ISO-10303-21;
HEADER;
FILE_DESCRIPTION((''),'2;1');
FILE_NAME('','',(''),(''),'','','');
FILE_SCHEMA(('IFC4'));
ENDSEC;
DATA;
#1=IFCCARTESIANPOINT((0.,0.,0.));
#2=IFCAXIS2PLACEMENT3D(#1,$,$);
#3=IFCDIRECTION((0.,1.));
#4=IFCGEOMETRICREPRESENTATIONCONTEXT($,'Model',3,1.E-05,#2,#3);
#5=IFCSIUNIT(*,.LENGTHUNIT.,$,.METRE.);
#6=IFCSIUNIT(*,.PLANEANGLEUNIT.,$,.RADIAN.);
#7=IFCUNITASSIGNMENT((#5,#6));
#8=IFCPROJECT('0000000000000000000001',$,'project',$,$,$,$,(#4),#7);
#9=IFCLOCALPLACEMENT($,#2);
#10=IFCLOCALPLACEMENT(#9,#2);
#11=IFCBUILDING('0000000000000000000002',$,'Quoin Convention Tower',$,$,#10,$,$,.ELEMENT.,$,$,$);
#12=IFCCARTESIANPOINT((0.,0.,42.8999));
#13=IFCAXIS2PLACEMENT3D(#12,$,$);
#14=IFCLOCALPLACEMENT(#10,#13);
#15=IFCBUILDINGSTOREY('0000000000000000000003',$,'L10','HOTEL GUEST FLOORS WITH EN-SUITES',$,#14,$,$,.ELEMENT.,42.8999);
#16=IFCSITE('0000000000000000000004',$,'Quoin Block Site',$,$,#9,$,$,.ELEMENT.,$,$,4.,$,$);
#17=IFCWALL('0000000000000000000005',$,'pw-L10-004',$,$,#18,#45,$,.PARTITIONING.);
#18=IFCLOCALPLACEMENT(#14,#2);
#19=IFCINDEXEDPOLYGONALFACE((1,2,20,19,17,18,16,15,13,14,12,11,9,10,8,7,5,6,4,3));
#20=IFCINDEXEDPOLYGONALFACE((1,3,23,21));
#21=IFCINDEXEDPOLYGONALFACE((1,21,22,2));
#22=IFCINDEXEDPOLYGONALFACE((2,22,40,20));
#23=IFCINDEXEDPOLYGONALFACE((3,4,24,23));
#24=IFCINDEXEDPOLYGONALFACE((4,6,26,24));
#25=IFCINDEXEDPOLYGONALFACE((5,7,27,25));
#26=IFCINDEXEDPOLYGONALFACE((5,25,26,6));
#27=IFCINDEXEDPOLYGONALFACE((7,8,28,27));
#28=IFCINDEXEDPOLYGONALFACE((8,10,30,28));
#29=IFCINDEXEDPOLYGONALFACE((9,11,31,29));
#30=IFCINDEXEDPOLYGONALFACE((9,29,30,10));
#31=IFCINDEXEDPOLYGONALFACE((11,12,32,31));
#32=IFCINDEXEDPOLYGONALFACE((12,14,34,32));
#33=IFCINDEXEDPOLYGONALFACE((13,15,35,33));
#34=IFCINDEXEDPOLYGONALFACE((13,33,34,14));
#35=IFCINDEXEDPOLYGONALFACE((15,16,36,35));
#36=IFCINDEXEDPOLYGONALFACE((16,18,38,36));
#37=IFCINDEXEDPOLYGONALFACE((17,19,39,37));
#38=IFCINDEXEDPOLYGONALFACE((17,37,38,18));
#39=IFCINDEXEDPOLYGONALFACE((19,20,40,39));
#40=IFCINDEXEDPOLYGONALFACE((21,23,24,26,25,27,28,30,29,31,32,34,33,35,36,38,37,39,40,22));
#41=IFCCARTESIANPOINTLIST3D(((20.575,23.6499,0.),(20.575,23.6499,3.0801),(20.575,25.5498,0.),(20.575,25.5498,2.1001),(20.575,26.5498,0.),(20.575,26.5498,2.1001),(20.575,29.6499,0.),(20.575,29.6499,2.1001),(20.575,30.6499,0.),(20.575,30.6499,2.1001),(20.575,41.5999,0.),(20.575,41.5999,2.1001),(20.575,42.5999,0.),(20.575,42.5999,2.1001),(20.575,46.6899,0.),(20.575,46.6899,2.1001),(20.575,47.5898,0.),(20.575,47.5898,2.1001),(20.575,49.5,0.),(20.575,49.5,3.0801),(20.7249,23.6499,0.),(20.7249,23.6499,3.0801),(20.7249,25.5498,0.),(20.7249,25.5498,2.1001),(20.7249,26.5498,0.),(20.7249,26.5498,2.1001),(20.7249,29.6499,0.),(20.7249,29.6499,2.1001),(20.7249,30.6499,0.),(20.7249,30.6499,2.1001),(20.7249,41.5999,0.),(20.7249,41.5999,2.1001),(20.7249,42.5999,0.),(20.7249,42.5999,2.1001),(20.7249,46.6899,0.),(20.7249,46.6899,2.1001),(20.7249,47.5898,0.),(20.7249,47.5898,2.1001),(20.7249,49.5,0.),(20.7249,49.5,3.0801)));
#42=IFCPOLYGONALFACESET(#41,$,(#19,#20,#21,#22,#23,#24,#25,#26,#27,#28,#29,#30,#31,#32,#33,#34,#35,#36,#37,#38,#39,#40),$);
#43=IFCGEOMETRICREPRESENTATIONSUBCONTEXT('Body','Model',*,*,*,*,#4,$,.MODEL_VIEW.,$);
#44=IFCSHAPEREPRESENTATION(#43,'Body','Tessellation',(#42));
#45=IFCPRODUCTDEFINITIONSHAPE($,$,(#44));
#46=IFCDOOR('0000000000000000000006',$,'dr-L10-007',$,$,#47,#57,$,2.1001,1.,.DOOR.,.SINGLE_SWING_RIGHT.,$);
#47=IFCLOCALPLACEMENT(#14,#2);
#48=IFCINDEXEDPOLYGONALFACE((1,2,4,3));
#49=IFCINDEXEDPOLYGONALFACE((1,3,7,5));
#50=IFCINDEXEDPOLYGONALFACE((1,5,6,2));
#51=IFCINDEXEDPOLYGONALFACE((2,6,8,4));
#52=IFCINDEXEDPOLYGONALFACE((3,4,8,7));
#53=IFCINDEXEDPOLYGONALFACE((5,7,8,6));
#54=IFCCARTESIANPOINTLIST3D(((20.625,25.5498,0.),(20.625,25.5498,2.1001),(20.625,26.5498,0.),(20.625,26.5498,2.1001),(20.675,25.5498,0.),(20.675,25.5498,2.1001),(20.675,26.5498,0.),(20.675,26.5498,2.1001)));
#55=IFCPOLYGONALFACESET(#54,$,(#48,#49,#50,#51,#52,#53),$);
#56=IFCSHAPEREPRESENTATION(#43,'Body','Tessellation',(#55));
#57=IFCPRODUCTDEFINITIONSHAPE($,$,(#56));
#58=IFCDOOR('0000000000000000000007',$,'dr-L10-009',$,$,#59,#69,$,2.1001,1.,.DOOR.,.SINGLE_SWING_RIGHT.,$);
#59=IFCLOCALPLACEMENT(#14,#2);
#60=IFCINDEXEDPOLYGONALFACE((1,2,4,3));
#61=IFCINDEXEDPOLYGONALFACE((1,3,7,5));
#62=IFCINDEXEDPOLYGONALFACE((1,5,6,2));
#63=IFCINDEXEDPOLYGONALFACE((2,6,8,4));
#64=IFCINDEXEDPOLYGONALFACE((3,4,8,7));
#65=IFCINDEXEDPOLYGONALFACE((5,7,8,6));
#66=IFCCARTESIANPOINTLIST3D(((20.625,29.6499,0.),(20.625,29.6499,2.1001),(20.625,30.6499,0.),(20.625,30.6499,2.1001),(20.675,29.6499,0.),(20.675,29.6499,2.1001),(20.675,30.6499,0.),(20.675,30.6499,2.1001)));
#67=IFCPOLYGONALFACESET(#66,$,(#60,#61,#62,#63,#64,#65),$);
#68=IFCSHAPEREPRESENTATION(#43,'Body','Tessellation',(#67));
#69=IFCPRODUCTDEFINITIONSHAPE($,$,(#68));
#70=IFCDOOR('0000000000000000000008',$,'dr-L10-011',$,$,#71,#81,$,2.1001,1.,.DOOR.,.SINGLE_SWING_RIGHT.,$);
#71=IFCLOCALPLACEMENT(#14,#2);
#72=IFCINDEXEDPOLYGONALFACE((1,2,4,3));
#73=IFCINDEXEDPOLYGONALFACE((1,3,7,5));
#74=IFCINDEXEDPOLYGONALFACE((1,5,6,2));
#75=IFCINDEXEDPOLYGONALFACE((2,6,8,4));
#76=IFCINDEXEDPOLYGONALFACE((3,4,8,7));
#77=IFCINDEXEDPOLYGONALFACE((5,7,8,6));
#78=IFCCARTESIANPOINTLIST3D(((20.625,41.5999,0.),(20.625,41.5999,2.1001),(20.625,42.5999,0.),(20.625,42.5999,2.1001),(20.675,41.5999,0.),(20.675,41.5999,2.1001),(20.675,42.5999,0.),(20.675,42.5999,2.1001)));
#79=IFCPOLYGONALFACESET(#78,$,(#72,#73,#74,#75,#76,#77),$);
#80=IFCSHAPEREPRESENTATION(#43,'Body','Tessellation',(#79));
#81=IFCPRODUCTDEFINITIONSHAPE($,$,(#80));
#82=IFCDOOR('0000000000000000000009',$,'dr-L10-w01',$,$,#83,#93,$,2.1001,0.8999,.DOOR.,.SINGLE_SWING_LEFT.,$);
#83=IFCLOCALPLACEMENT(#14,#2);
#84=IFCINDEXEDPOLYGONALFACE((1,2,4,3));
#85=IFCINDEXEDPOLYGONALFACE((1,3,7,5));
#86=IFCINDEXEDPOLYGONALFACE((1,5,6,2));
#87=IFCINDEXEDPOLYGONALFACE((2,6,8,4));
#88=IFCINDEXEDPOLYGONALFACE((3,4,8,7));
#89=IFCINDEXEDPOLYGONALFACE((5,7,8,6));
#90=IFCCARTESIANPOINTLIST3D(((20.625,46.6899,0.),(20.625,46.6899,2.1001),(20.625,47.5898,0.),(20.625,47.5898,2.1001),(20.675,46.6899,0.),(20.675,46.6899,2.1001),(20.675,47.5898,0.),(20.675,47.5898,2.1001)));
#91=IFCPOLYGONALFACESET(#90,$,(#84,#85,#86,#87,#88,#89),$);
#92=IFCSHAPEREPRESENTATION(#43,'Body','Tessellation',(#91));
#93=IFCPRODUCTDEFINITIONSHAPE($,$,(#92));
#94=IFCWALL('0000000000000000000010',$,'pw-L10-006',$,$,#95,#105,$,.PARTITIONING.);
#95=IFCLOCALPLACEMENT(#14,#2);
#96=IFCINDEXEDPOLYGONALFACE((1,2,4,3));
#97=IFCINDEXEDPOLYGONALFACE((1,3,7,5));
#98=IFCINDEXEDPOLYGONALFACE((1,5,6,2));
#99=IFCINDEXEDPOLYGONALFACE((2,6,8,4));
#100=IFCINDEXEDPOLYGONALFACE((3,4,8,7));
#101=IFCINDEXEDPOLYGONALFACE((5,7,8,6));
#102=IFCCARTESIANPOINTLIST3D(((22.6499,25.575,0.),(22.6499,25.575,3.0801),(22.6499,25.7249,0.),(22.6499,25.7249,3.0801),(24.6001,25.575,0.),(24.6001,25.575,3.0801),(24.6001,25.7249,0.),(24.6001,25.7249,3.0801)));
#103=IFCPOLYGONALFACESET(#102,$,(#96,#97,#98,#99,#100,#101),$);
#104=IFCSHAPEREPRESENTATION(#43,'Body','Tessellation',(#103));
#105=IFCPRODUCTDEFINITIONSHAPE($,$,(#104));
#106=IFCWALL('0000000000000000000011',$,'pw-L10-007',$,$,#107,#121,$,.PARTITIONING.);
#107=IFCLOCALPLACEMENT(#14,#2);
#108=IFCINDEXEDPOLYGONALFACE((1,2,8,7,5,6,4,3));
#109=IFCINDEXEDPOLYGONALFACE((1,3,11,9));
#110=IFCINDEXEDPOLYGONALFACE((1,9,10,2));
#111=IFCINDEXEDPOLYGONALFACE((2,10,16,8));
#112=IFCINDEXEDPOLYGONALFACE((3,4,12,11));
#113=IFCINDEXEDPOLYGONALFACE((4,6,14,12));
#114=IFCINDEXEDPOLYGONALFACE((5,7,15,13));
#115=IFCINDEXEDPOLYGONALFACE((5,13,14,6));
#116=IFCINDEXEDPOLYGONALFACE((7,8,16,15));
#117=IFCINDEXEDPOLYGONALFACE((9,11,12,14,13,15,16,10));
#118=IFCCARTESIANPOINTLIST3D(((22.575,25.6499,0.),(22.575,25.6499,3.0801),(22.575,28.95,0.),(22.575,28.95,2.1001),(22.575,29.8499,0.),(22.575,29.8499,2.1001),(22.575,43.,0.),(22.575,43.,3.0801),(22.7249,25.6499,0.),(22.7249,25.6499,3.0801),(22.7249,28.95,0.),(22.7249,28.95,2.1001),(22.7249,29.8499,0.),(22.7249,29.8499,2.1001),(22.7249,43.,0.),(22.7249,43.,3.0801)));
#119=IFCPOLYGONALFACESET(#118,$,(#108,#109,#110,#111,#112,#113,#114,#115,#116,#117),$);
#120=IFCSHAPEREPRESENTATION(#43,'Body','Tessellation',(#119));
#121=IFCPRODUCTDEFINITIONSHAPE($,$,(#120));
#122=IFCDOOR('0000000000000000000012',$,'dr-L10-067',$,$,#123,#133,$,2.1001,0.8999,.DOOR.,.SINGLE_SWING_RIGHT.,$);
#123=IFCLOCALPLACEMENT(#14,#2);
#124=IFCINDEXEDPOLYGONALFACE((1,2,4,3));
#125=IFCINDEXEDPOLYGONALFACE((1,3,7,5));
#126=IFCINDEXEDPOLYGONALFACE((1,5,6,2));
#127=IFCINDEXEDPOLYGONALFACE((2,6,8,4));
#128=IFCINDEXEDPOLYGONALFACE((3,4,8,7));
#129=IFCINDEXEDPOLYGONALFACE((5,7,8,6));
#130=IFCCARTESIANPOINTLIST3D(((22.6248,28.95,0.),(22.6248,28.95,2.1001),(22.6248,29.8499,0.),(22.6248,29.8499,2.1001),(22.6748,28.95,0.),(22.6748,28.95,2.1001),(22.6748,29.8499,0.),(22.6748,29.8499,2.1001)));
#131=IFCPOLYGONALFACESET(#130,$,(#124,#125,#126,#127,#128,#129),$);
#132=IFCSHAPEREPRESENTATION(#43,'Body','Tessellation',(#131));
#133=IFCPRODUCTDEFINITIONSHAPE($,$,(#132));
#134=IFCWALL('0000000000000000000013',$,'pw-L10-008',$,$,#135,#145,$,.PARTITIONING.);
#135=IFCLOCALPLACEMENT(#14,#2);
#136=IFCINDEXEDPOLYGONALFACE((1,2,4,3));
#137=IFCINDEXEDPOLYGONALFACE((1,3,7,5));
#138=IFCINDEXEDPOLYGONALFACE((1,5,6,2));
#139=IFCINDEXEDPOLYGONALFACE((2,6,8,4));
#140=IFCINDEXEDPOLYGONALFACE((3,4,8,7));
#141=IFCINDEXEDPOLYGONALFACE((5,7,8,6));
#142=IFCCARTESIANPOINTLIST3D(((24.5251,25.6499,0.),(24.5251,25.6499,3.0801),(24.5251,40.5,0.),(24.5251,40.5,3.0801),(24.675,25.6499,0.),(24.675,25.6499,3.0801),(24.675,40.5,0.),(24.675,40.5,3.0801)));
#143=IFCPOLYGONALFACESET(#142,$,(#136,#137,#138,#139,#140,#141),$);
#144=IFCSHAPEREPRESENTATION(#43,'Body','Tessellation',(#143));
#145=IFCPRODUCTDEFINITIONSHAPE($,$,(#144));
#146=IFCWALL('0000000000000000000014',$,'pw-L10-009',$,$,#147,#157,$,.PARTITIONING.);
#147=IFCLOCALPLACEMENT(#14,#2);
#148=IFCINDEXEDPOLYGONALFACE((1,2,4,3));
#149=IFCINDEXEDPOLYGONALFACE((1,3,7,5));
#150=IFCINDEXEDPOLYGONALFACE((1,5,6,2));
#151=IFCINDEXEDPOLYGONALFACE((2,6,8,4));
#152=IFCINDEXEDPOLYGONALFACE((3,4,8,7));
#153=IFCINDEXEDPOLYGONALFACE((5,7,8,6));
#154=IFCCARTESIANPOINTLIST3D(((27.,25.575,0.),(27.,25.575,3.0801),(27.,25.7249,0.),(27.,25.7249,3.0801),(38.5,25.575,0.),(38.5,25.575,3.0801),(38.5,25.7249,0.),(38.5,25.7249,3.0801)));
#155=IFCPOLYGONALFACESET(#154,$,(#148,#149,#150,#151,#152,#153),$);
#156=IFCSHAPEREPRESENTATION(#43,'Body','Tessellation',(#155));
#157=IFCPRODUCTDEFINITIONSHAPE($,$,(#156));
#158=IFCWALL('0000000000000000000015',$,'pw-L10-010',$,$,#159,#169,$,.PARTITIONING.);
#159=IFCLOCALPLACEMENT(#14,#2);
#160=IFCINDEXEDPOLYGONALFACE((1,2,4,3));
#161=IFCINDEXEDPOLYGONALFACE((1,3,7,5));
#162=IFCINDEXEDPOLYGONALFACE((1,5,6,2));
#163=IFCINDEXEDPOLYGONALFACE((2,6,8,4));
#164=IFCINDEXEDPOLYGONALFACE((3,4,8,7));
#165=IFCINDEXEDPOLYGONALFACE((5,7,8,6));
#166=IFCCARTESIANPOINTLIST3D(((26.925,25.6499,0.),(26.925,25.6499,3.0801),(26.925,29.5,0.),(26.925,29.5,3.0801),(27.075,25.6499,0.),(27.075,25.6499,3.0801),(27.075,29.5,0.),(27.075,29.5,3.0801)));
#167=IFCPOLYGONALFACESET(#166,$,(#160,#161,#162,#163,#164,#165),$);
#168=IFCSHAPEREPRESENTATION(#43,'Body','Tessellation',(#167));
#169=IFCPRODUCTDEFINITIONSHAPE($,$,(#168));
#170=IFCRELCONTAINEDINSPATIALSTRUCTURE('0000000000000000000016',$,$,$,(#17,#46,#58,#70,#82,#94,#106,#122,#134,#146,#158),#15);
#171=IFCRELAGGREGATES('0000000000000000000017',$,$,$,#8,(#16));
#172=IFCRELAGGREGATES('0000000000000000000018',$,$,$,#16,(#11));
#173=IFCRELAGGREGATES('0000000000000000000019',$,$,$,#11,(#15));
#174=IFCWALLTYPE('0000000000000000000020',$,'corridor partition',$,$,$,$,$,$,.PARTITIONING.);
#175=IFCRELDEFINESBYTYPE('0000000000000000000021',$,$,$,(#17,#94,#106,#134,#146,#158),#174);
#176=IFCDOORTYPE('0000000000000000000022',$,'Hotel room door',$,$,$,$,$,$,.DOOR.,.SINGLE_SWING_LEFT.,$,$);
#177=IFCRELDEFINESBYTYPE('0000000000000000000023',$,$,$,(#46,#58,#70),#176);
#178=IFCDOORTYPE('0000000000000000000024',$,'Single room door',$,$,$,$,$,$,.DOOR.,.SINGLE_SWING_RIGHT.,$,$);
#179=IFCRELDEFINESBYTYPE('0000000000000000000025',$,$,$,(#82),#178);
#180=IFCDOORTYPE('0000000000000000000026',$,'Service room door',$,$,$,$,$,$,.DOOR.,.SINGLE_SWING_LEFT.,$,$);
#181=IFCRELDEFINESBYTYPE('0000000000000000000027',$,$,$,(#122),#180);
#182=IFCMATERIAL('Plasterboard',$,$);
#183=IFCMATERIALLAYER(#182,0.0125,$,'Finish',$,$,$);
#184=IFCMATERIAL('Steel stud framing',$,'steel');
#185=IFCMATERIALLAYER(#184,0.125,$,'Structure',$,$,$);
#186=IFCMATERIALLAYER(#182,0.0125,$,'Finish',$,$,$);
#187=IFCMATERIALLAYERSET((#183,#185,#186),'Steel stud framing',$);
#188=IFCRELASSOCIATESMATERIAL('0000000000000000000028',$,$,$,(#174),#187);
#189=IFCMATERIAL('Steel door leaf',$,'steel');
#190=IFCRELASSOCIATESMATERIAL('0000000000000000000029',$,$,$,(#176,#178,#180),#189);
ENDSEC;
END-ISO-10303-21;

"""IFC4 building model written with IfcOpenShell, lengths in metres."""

from ifc_helpers import new_model, si_unit, direction, frame, frame_2d, origin, place, context, subcontext, project, spatial, rectangle, extrude, material, layer, layer_set, type_object, element, fill, save


model = new_model("IFC4")

# Units and contexts
model_context = context("Model", 3, precision=1e-05, world=origin(), true_north=direction((0.0, 1.0)))
body_context = subcontext(model_context, "Body", "Model", "MODEL_VIEW")
ifc_project = project(units=[si_unit("LENGTHUNIT", "METRE"), si_unit("PLANEANGLEUNIT", "RADIAN")], contexts=[model_context])

# Site, building, storey
site_placement = place(None, origin())
site = spatial("IfcSite", under=ifc_project, at=site_placement, Name="Quoin Block Site", CompositionType="ELEMENT", RefElevation=4.0)
building_placement = place(site_placement, origin())
building = spatial("IfcBuilding", under=site, at=building_placement, Name="Quoin Convention Tower", CompositionType="ELEMENT")
storey_placement = place(building_placement, frame((0.0, 0.0, 42.8999)))
storey = spatial("IfcBuildingStorey", under=building, at=storey_placement, Name="L10", Description="HOTEL GUEST FLOORS WITH EN-SUITES", CompositionType="ELEMENT", Elevation=42.8999)

# Shared definitions
ifc_material_1 = material(Name="Steel door leaf", Category="steel")

# Wall, openings, doors
ifc_material_2 = material(Name="Plasterboard")
ifc_layer_1 = layer(ifc_material_2, 0.0125, Name="Finish")
ifc_material_3 = material(Name="Steel stud framing", Category="steel")
ifc_layer_2 = layer(ifc_material_3, 0.125, Name="Structure")
ifc_layer_3 = layer(ifc_material_2, 0.0125, Name="Finish")
ifc_layer_set_1 = layer_set([ifc_layer_1, ifc_layer_2, ifc_layer_3], Name="Steel stud framing")
wall_type_1 = type_object("IfcWallType", Name="corridor partition", PredefinedType="PARTITIONING", material=ifc_layer_set_1)
door_type_1 = type_object("IfcDoorType", Name="Hotel room door", OperationType="SINGLE_SWING_LEFT", PredefinedType="DOOR", material=ifc_material_1)
wall_1_placement = place(storey_placement, frame((20.6499, 23.6499, 0.0), z_axis=(0.0, 0.0, 1.0), x_axis=(0.0, 1.0, 0.0)))
wall_1 = element("IfcWall", 1, at=wall_1_placement, inside=storey, type_object=wall_type_1, Name="pw-L10-004", PredefinedType="PARTITIONING", context=body_context, shape_type="SweptSolid", body=[
    extrude(rectangle(XDim=25.8501, YDim=0.1499, at=frame_2d((12.925, 0.0))), origin(), (0.0, 0.0, 1.0), 3.0801),
])
opening_1_placement = place(wall_1_placement, frame((1.8999, 0.0, 0.0)))
opening_1 = element("IfcOpeningElement", 2, at=opening_1_placement, cuts=wall_1, PredefinedType="OPENING", context=body_context, shape_type="SweptSolid", body=[
    extrude(rectangle(XDim=1.0, YDim=2.1001, at=frame_2d((0.5, 1.05))), frame((0.0, 0.085, 0.0), z_axis=(0.0, -1.0, 0.0), x_axis=(1.0, 0.0, 0.0)), (0.0, 0.0, 1.0), 0.1699),
])
opening_2_placement = place(wall_1_placement, frame((6.0, 0.0, 0.0)))
opening_2 = element("IfcOpeningElement", 3, at=opening_2_placement, cuts=wall_1, PredefinedType="OPENING", context=body_context, shape_type="SweptSolid", body=[
    extrude(rectangle(XDim=1.0, YDim=2.1001, at=frame_2d((0.5, 1.05))), frame((0.0, 0.085, 0.0), z_axis=(0.0, -1.0, 0.0), x_axis=(1.0, 0.0, 0.0)), (0.0, 0.0, 1.0), 0.1699),
])
opening_3_placement = place(wall_1_placement, frame((17.95, 0.0, 0.0)))
opening_3 = element("IfcOpeningElement", 4, at=opening_3_placement, cuts=wall_1, PredefinedType="OPENING", context=body_context, shape_type="SweptSolid", body=[
    extrude(rectangle(XDim=1.0, YDim=2.1001, at=frame_2d((0.5, 1.05))), frame((0.0, 0.085, 0.0), z_axis=(0.0, -1.0, 0.0), x_axis=(1.0, 0.0, 0.0)), (0.0, 0.0, 1.0), 0.1699),
])
opening_4_placement = place(wall_1_placement, frame((23.04, 0.0, 0.0)))
opening_4 = element("IfcOpeningElement", 5, at=opening_4_placement, cuts=wall_1, PredefinedType="OPENING", context=body_context, shape_type="SweptSolid", body=[
    extrude(rectangle(XDim=0.8999, YDim=2.1001, at=frame_2d((0.45, 1.05))), frame((0.0, 0.085, 0.0), z_axis=(0.0, -1.0, 0.0), x_axis=(1.0, 0.0, 0.0)), (0.0, 0.0, 1.0), 0.1699),
])
door_1_placement = place(opening_1_placement, origin())
door_1 = element("IfcDoor", 6, at=door_1_placement, inside=storey, type_object=door_type_1, Name="dr-L10-007", OperationType="SINGLE_SWING_RIGHT", OverallHeight=2.1001, OverallWidth=1.0, PredefinedType="DOOR", context=body_context, shape_type="SweptSolid", body=[
    extrude(rectangle(XDim=1.0, YDim=2.1001, at=frame_2d((0.5, 1.05))), frame((0.0, 0.0249, 0.0), z_axis=(0.0, -1.0, 0.0), x_axis=(1.0, 0.0, 0.0)), (0.0, 0.0, 1.0), 0.05),
])
fill(opening_1, door_1)
door_2_placement = place(opening_2_placement, origin())
door_2 = element("IfcDoor", 7, at=door_2_placement, inside=storey, type_object=door_type_1, Name="dr-L10-009", OperationType="SINGLE_SWING_RIGHT", OverallHeight=2.1001, OverallWidth=1.0, PredefinedType="DOOR", context=body_context, shape_type="SweptSolid", body=[
    extrude(rectangle(XDim=1.0, YDim=2.1001, at=frame_2d((0.5, 1.05))), frame((0.0, 0.0249, 0.0), z_axis=(0.0, -1.0, 0.0), x_axis=(1.0, 0.0, 0.0)), (0.0, 0.0, 1.0), 0.05),
])
fill(opening_2, door_2)
door_3_placement = place(opening_3_placement, origin())
door_3 = element("IfcDoor", 8, at=door_3_placement, inside=storey, type_object=door_type_1, Name="dr-L10-011", OperationType="SINGLE_SWING_RIGHT", OverallHeight=2.1001, OverallWidth=1.0, PredefinedType="DOOR", context=body_context, shape_type="SweptSolid", body=[
    extrude(rectangle(XDim=1.0, YDim=2.1001, at=frame_2d((0.5, 1.05))), frame((0.0, 0.0249, 0.0), z_axis=(0.0, -1.0, 0.0), x_axis=(1.0, 0.0, 0.0)), (0.0, 0.0, 1.0), 0.05),
])
fill(opening_3, door_3)
door_type_2 = type_object("IfcDoorType", Name="Single room door", OperationType="SINGLE_SWING_RIGHT", PredefinedType="DOOR", material=ifc_material_1)
door_4_placement = place(opening_4_placement, origin())
door_4 = element("IfcDoor", 9, at=door_4_placement, inside=storey, type_object=door_type_2, Name="dr-L10-w01", OperationType="SINGLE_SWING_LEFT", OverallHeight=2.1001, OverallWidth=0.8999, PredefinedType="DOOR", context=body_context, shape_type="SweptSolid", body=[
    extrude(rectangle(XDim=0.8999, YDim=2.1001, at=frame_2d((0.45, 1.05))), frame((0.0, 0.0249, 0.0), z_axis=(0.0, -1.0, 0.0), x_axis=(1.0, 0.0, 0.0)), (0.0, 0.0, 1.0), 0.05),
])
fill(opening_4, door_4)

# Wall
wall_2_placement = place(storey_placement, frame((22.6499, 25.6499, 0.0), z_axis=(0.0, 0.0, 1.0), x_axis=(1.0, 0.0, 0.0)))
element("IfcWall", 10, at=wall_2_placement, inside=storey, type_object=wall_type_1, Name="pw-L10-006", PredefinedType="PARTITIONING", context=body_context, shape_type="SweptSolid", body=[
    extrude(rectangle(XDim=1.9502, YDim=0.1499, at=frame_2d((0.9751, 0.0))), origin(), (0.0, 0.0, 1.0), 3.0801),
])

# Wall, opening, door
wall_3_placement = place(storey_placement, frame((22.6499, 25.6499, 0.0), z_axis=(0.0, 0.0, 1.0), x_axis=(0.0, 1.0, 0.0)))
wall_3 = element("IfcWall", 11, at=wall_3_placement, inside=storey, type_object=wall_type_1, Name="pw-L10-007", PredefinedType="PARTITIONING", context=body_context, shape_type="SweptSolid", body=[
    extrude(rectangle(XDim=17.3501, YDim=0.1499, at=frame_2d((8.675, 0.0))), origin(), (0.0, 0.0, 1.0), 3.0801),
])
opening_5_placement = place(wall_3_placement, frame((3.3, 0.0, 0.0)))
opening_5 = element("IfcOpeningElement", 12, at=opening_5_placement, cuts=wall_3, PredefinedType="OPENING", context=body_context, shape_type="SweptSolid", body=[
    extrude(rectangle(XDim=0.8999, YDim=2.1001, at=frame_2d((0.45, 1.05))), frame((0.0, 0.085, 0.0), z_axis=(0.0, -1.0, 0.0), x_axis=(1.0, 0.0, 0.0)), (0.0, 0.0, 1.0), 0.1699),
])
door_type_3 = type_object("IfcDoorType", Name="Service room door", OperationType="SINGLE_SWING_LEFT", PredefinedType="DOOR", material=ifc_material_1)
door_5_placement = place(opening_5_placement, frame((0.8999, 0.0, 0.0), z_axis=(0.0, 0.0, 1.0), x_axis=(-1.0, 0.0, 0.0)))
door_5 = element("IfcDoor", 13, at=door_5_placement, inside=storey, type_object=door_type_3, Name="dr-L10-067", OperationType="SINGLE_SWING_RIGHT", OverallHeight=2.1001, OverallWidth=0.8999, PredefinedType="DOOR", context=body_context, shape_type="SweptSolid", body=[
    extrude(rectangle(XDim=0.8999, YDim=2.1001, at=frame_2d((0.45, 1.05))), frame((0.0, 0.0249, 0.0), z_axis=(0.0, -1.0, 0.0), x_axis=(1.0, 0.0, 0.0)), (0.0, 0.0, 1.0), 0.05),
])
fill(opening_5, door_5)

# Walls
wall_4_placement = place(storey_placement, frame((24.6001, 25.6499, 0.0), z_axis=(0.0, 0.0, 1.0), x_axis=(0.0, 1.0, 0.0)))
element("IfcWall", 14, at=wall_4_placement, inside=storey, type_object=wall_type_1, Name="pw-L10-008", PredefinedType="PARTITIONING", context=body_context, shape_type="SweptSolid", body=[
    extrude(rectangle(XDim=14.8501, YDim=0.1499, at=frame_2d((7.425, 0.0))), origin(), (0.0, 0.0, 1.0), 3.0801),
])
wall_5_placement = place(storey_placement, frame((27.0, 25.6499, 0.0), z_axis=(0.0, 0.0, 1.0), x_axis=(1.0, 0.0, 0.0)))
element("IfcWall", 15, at=wall_5_placement, inside=storey, type_object=wall_type_1, Name="pw-L10-009", PredefinedType="PARTITIONING", context=body_context, shape_type="SweptSolid", body=[
    extrude(rectangle(XDim=11.5, YDim=0.1499, at=frame_2d((5.75, 0.0))), origin(), (0.0, 0.0, 1.0), 3.0801),
])
wall_6_placement = place(storey_placement, frame((27.0, 25.6499, 0.0), z_axis=(0.0, 0.0, 1.0), x_axis=(0.0, 1.0, 0.0)))
element("IfcWall", 16, at=wall_6_placement, inside=storey, type_object=wall_type_1, Name="pw-L10-010", PredefinedType="PARTITIONING", context=body_context, shape_type="SweptSolid", body=[
    extrude(rectangle(XDim=3.8501, YDim=0.1499, at=frame_2d((1.925, 0.0))), origin(), (0.0, 0.0, 1.0), 3.0801),
])

save(model, "model.ifc")
